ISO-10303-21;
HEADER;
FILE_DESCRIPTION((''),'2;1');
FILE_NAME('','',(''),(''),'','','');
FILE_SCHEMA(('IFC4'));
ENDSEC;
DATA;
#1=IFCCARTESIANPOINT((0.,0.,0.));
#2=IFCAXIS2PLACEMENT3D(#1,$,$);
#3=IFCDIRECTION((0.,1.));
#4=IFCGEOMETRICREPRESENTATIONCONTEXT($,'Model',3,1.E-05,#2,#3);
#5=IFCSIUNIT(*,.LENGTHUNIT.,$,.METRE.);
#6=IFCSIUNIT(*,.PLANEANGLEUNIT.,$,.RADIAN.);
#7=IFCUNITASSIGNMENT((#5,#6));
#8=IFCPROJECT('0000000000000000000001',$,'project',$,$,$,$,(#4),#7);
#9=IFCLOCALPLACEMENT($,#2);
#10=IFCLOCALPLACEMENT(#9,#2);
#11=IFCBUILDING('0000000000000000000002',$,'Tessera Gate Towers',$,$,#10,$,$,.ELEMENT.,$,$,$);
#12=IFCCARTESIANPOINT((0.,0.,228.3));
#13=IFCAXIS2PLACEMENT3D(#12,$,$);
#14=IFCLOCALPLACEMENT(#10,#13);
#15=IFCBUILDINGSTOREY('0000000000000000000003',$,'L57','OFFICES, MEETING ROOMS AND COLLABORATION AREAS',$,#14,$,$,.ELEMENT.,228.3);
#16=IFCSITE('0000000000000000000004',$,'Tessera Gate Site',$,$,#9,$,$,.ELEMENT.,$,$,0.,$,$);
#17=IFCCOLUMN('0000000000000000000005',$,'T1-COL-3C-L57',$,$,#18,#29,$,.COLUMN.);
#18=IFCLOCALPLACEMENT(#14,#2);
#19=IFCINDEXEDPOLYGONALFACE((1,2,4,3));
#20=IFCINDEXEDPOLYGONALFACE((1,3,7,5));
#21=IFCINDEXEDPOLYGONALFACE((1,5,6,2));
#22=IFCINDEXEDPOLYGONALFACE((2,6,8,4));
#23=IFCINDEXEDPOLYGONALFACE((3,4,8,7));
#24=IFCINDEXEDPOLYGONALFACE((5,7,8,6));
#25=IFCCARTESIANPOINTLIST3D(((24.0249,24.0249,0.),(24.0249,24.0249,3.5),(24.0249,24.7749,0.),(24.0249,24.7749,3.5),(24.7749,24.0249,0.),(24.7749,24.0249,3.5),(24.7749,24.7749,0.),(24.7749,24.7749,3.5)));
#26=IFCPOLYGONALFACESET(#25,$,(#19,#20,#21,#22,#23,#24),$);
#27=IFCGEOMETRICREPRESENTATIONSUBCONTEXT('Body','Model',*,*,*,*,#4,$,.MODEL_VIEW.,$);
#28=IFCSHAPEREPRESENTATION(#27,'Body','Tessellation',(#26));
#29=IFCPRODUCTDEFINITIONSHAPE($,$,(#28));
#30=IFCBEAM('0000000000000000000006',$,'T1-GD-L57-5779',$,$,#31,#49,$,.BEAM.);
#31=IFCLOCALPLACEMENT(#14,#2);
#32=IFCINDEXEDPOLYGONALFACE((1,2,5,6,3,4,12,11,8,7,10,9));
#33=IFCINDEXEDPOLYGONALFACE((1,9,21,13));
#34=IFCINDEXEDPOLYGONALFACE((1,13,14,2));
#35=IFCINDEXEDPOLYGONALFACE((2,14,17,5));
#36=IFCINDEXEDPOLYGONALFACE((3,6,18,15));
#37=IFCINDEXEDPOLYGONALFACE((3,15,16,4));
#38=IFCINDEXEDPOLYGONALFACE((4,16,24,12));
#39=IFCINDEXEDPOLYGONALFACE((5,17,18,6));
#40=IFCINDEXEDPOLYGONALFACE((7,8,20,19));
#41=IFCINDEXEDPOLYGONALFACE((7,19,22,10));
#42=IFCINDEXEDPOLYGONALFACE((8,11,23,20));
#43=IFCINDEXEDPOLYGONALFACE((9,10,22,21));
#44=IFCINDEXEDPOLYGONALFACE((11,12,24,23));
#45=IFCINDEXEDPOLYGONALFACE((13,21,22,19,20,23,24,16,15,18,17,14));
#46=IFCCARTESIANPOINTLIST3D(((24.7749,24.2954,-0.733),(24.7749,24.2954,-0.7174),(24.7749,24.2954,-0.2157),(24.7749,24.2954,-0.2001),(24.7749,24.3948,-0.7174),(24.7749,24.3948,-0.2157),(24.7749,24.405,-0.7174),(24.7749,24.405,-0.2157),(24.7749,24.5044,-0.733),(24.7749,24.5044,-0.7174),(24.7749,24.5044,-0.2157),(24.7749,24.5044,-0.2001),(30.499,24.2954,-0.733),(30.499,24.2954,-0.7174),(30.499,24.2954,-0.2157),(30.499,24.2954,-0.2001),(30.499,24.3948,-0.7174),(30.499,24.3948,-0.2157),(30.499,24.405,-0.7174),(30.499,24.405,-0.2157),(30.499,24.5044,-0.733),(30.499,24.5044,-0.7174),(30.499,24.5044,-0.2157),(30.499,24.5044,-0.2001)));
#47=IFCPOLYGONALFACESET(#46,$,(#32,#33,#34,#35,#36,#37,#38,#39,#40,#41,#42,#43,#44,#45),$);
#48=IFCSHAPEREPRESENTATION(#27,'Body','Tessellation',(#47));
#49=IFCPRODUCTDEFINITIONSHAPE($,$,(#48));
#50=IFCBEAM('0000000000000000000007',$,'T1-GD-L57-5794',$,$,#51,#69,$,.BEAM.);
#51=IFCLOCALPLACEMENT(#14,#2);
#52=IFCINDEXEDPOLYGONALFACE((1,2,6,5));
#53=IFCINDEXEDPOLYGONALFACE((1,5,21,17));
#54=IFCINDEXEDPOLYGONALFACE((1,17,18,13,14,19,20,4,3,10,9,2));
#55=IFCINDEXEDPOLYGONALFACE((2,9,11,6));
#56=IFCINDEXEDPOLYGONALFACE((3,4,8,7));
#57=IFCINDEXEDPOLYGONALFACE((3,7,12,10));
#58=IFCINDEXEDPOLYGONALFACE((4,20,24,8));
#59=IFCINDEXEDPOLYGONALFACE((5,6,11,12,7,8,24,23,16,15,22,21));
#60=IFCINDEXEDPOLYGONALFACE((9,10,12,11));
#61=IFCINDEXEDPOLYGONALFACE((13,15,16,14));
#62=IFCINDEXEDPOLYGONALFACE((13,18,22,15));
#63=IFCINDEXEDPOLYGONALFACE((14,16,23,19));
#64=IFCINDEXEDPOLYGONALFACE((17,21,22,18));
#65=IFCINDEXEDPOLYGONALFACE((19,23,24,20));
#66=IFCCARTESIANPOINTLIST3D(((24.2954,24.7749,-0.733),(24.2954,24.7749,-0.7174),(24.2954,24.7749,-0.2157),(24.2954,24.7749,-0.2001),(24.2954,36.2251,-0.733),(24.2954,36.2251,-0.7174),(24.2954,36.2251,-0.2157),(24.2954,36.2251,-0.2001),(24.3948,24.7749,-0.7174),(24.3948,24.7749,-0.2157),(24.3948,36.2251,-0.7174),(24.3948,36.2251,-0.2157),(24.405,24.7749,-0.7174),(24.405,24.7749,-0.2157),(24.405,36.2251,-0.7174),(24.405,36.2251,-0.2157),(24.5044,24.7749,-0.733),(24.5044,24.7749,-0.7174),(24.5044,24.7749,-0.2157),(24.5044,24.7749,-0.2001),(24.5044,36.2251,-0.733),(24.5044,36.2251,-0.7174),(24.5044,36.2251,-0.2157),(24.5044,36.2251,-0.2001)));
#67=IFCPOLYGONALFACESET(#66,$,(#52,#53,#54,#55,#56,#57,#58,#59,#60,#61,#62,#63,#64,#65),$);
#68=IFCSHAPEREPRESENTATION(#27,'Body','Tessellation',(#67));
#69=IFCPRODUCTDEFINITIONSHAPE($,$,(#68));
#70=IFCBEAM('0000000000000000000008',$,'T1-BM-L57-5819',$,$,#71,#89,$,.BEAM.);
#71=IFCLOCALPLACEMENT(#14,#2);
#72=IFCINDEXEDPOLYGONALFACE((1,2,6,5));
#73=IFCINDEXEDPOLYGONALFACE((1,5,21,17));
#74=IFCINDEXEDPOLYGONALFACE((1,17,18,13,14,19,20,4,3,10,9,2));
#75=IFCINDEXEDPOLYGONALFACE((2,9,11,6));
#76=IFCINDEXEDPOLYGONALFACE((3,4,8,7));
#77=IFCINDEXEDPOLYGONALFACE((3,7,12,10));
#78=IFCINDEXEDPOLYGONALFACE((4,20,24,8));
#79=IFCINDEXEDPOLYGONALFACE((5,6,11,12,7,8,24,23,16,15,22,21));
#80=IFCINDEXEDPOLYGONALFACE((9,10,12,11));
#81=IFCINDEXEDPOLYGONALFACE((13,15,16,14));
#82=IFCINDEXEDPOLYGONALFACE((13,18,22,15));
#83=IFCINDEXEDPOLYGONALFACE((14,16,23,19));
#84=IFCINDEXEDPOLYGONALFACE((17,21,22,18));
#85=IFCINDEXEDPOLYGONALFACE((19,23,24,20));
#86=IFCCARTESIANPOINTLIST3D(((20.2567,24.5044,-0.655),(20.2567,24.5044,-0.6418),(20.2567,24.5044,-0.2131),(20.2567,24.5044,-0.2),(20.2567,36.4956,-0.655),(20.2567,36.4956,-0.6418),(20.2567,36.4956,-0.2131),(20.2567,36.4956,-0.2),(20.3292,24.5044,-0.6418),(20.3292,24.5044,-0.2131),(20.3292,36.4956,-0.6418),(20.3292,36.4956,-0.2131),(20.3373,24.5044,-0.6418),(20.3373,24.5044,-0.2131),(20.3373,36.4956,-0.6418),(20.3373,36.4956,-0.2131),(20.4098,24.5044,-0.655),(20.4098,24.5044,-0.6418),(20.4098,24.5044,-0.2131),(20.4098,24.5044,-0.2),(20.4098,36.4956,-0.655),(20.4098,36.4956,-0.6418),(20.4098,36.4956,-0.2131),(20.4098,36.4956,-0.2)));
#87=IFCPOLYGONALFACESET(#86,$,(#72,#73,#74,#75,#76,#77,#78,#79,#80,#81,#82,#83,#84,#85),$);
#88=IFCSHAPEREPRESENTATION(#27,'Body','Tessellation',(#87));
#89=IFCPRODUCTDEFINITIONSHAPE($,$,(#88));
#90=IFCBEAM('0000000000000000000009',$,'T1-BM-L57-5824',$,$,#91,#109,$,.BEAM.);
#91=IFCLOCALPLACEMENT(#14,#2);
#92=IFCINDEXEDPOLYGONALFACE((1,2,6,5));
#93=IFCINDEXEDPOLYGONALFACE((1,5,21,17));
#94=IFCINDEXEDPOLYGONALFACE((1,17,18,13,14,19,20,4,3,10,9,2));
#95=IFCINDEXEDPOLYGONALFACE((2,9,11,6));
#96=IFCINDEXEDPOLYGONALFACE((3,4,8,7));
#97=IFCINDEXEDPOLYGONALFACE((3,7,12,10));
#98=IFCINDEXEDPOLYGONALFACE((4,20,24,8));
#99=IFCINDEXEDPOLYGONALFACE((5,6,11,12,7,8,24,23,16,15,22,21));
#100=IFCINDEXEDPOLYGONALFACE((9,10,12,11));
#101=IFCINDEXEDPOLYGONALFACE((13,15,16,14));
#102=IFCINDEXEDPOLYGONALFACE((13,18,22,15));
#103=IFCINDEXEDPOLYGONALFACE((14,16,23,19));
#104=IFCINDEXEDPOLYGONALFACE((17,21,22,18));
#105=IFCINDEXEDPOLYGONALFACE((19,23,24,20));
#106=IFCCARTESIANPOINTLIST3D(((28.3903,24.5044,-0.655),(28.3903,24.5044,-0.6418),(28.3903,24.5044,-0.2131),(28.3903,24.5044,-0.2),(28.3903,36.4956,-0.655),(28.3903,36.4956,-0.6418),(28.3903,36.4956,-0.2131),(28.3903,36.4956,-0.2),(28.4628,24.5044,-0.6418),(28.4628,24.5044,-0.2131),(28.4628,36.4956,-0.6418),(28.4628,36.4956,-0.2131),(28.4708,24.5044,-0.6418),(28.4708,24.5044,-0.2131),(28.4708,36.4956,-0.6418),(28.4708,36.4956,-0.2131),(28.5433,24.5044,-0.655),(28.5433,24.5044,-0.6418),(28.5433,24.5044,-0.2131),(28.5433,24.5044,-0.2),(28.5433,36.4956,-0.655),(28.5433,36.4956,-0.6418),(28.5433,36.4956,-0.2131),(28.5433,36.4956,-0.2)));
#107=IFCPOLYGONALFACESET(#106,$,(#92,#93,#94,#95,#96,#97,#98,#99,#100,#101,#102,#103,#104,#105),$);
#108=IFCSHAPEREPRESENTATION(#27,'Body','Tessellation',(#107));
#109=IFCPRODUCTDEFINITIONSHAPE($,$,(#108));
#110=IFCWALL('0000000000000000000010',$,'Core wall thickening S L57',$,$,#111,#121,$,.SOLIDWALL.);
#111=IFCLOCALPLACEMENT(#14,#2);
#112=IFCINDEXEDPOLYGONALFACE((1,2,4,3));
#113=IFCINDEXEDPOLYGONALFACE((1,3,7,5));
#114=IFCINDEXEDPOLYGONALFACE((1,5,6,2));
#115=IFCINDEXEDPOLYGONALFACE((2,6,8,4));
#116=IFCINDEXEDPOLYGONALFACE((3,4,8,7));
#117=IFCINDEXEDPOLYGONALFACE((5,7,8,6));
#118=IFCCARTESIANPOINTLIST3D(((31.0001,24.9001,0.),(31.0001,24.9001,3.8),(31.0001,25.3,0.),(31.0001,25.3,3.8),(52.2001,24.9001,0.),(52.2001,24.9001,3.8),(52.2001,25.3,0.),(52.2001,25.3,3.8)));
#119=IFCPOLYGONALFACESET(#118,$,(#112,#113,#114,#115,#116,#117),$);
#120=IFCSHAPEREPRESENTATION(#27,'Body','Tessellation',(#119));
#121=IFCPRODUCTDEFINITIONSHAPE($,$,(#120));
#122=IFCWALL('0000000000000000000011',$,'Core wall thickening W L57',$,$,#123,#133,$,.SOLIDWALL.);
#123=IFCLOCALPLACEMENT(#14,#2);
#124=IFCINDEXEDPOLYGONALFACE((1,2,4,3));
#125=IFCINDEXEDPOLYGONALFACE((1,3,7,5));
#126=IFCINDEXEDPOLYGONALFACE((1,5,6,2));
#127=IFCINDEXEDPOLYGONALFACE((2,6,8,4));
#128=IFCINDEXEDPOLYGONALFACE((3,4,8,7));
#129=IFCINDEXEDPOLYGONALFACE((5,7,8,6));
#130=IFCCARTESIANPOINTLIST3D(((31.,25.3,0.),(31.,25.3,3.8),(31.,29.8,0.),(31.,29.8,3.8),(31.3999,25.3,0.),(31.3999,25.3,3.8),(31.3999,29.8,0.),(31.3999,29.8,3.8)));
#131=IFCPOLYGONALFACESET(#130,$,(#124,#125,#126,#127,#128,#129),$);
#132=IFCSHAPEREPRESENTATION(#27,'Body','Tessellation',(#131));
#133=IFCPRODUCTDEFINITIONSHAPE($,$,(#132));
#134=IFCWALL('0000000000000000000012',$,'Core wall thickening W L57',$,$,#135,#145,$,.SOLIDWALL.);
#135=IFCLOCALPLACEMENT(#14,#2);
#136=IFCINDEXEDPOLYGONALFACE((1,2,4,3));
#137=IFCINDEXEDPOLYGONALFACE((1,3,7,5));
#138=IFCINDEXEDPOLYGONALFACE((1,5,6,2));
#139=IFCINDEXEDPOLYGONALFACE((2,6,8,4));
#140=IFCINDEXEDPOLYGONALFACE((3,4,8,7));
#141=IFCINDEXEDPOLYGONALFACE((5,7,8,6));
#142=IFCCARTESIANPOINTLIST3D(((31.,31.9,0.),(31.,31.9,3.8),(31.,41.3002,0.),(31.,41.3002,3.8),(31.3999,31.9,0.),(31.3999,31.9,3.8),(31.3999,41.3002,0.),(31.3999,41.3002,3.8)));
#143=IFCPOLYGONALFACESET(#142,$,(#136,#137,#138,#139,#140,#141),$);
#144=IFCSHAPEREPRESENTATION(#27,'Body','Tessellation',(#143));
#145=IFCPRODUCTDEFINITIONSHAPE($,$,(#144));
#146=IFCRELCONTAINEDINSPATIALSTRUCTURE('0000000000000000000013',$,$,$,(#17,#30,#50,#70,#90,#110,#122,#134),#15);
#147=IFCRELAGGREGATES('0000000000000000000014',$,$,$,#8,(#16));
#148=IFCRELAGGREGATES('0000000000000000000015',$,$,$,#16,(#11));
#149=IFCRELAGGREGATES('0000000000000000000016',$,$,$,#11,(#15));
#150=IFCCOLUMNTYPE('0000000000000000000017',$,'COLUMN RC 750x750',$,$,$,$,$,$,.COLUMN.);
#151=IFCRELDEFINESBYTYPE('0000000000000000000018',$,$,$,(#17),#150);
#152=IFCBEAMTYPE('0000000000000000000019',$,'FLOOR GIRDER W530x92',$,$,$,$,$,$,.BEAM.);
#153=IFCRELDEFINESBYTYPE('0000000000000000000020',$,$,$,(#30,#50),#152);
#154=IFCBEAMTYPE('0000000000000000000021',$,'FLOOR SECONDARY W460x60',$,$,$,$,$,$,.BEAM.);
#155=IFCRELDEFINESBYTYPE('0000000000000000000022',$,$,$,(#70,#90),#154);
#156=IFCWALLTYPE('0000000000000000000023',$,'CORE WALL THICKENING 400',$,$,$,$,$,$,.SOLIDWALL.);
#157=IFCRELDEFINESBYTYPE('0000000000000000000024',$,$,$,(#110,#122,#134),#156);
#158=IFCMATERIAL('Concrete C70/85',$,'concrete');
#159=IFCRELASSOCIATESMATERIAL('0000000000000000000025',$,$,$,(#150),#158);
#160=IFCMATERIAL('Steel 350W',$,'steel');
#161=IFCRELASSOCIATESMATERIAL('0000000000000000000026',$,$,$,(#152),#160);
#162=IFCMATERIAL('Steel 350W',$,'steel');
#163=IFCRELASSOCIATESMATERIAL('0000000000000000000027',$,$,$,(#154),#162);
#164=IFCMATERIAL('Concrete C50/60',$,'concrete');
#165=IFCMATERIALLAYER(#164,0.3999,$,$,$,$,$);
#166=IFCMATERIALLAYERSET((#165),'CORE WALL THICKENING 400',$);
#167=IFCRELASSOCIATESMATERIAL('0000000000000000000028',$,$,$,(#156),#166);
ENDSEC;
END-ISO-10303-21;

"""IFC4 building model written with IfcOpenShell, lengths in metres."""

from ifc_helpers import new_model, si_unit, direction, frame, frame_2d, origin, origin_2d, place, context, subcontext, project, spatial, rectangle, i_section, extrude, material, layer, layer_set, material_profile, profile_set, type_object, element, save


model = new_model("IFC4")

# Units and contexts
model_context = context("Model", 3, precision=1e-05, world=origin(), true_north=direction((0.0, 1.0)))
body_context = subcontext(model_context, "Body", "Model", "MODEL_VIEW")
ifc_project = project(units=[si_unit("LENGTHUNIT", "METRE"), si_unit("PLANEANGLEUNIT", "RADIAN")], contexts=[model_context])

# Site, building, storey
site_placement = place(None, origin())
site = spatial("IfcSite", under=ifc_project, at=site_placement, Name="Tessera Gate Site", CompositionType="ELEMENT", RefElevation=0.0)
building_placement = place(site_placement, origin())
building = spatial("IfcBuilding", under=site, at=building_placement, Name="Tessera Gate Towers", CompositionType="ELEMENT")
storey_placement = place(building_placement, frame((0.0, 0.0, 228.3)))
storey = spatial("IfcBuildingStorey", under=building, at=storey_placement, Name="L57", Description="OFFICES, MEETING ROOMS AND COLLABORATION AREAS", CompositionType="ELEMENT", Elevation=228.3)

# Column
ifc_material_1 = material(Name="Concrete C70/85", Category="concrete")
ifc_material_profile_1 = material_profile(ifc_material_1, rectangle(XDim=0.75, YDim=0.75, at=origin_2d()), Name="RC 750x750")
ifc_profile_set_1 = profile_set([ifc_material_profile_1], Name="Concrete C70/85")
column_type = type_object("IfcColumnType", Name="COLUMN RC 750x750", PredefinedType="COLUMN", material=ifc_profile_set_1)
column_placement = place(storey_placement, frame((24.3999, 24.3999, 0.0), z_axis=(0.0, 0.0, 1.0), x_axis=(1.0, 0.0, 0.0)))
element("IfcColumn", 1, at=column_placement, inside=storey, type_object=column_type, Name="T1-COL-3C-L57", PredefinedType="COLUMN", context=body_context, shape_type="SweptSolid", body=[
    extrude(rectangle(XDim=0.75, YDim=0.75, at=origin_2d()), origin(), (0.0, 0.0, 1.0), 3.5),
])

# Beams
ifc_material_2 = material(Name="Steel 350W", Category="steel")
ifc_material_profile_2 = material_profile(ifc_material_2, i_section(OverallWidth=0.209, OverallDepth=0.533, WebThickness=0.0103, FlangeThickness=0.0156, at=origin_2d()), Name="W530x92")
ifc_profile_set_2 = profile_set([ifc_material_profile_2], Name="Steel 350W")
beam_type_1 = type_object("IfcBeamType", Name="FLOOR GIRDER W530x92", PredefinedType="BEAM", material=ifc_profile_set_2)
beam_1_placement = place(storey_placement, frame((24.7749, 24.3999, -0.4666), z_axis=(1.0, 0.0, 0.0), x_axis=(0.0, 1.0, 0.0)))
element("IfcBeam", 2, at=beam_1_placement, inside=storey, type_object=beam_type_1, Name="T1-GD-L57-5779", PredefinedType="BEAM", context=body_context, shape_type="SweptSolid", body=[
    extrude(i_section(OverallWidth=0.209, OverallDepth=0.533, WebThickness=0.0103, FlangeThickness=0.0156, at=origin_2d()), origin(), (0.0, 0.0, 1.0), 5.7241),
])
beam_2_placement = place(storey_placement, frame((24.3999, 24.7749, -0.4666), z_axis=(0.0, 1.0, 0.0), x_axis=(-1.0, 0.0, 0.0)))
element("IfcBeam", 3, at=beam_2_placement, inside=storey, type_object=beam_type_1, Name="T1-GD-L57-5794", PredefinedType="BEAM", context=body_context, shape_type="SweptSolid", body=[
    extrude(i_section(OverallWidth=0.209, OverallDepth=0.533, WebThickness=0.0103, FlangeThickness=0.0156, at=origin_2d()), origin(), (0.0, 0.0, 1.0), 11.4502),
])
ifc_material_3 = material(Name="Steel 350W", Category="steel")
ifc_material_profile_3 = material_profile(ifc_material_3, i_section(OverallWidth=0.1531, OverallDepth=0.4551, WebThickness=0.0081, FlangeThickness=0.0132, at=origin_2d()), Name="W460x60")
ifc_profile_set_3 = profile_set([ifc_material_profile_3], Name="Steel 350W")
beam_type_2 = type_object("IfcBeamType", Name="FLOOR SECONDARY W460x60", PredefinedType="BEAM", material=ifc_profile_set_3)
for number, where, z_axis, x_axis, name in (
    (4, (20.3333, 24.5044, -0.4275), (0.0, 1.0, 0.0), (-1.0, 0.0, 0.0), "T1-BM-L57-5819"),
    (5, (28.4668, 24.5044, -0.4275), (0.0, 1.0, 0.0), (-1.0, 0.0, 0.0), "T1-BM-L57-5824"),
):
    element("IfcBeam", number, at=place(storey_placement, frame(where, z_axis=z_axis, x_axis=x_axis)), inside=storey, type_object=beam_type_2, Name=name, PredefinedType="BEAM", context=body_context, shape_type="SweptSolid", body=[
        extrude(i_section(OverallWidth=0.1531, OverallDepth=0.4551, WebThickness=0.0081, FlangeThickness=0.0132, at=origin_2d()), origin(), (0.0, 0.0, 1.0), 11.9912),
    ])

# Walls
ifc_material_4 = material(Name="Concrete C50/60", Category="concrete")
ifc_layer_1 = layer(ifc_material_4, 0.3999)
ifc_layer_set_1 = layer_set([ifc_layer_1], Name="CORE WALL THICKENING 400")
wall_type_1 = type_object("IfcWallType", Name="CORE WALL THICKENING 400", PredefinedType="SOLIDWALL", material=ifc_layer_set_1)
wall_1_placement = place(storey_placement, frame((31.0, 25.1001, 0.0), z_axis=(0.0, 0.0, 1.0), x_axis=(1.0, 0.0, 0.0)))
element("IfcWall", 6, at=wall_1_placement, inside=storey, type_object=wall_type_1, Name="Core wall thickening S L57", PredefinedType="SOLIDWALL", context=body_context, shape_type="SweptSolid", body=[
    extrude(rectangle(XDim=21.2, YDim=0.3999, at=frame_2d((10.6001, 0.0))), origin(), (0.0, 0.0, 1.0), 3.8),
])
wall_2_placement = place(storey_placement, frame((31.2, 25.3, 0.0), z_axis=(0.0, 0.0, 1.0), x_axis=(0.0, 1.0, 0.0)))
element("IfcWall", 7, at=wall_2_placement, inside=storey, type_object=wall_type_1, Name="Core wall thickening W L57", PredefinedType="SOLIDWALL", context=body_context, shape_type="SweptSolid", body=[
    extrude(rectangle(XDim=4.5, YDim=0.3999, at=frame_2d((2.25, 0.0))), origin(), (0.0, 0.0, 1.0), 3.8),
])
wall_3_placement = place(storey_placement, frame((31.2, 31.8999, 0.0), z_axis=(0.0, 0.0, 1.0), x_axis=(0.0, 1.0, 0.0)))
element("IfcWall", 8, at=wall_3_placement, inside=storey, type_object=wall_type_1, Name="Core wall thickening W L57", PredefinedType="SOLIDWALL", context=body_context, shape_type="SweptSolid", body=[
    extrude(rectangle(XDim=9.4001, YDim=0.3999, at=frame_2d((4.7002, 0.0))), origin(), (0.0, 0.0, 1.0), 3.8),
])

save(model, "model.ifc")
